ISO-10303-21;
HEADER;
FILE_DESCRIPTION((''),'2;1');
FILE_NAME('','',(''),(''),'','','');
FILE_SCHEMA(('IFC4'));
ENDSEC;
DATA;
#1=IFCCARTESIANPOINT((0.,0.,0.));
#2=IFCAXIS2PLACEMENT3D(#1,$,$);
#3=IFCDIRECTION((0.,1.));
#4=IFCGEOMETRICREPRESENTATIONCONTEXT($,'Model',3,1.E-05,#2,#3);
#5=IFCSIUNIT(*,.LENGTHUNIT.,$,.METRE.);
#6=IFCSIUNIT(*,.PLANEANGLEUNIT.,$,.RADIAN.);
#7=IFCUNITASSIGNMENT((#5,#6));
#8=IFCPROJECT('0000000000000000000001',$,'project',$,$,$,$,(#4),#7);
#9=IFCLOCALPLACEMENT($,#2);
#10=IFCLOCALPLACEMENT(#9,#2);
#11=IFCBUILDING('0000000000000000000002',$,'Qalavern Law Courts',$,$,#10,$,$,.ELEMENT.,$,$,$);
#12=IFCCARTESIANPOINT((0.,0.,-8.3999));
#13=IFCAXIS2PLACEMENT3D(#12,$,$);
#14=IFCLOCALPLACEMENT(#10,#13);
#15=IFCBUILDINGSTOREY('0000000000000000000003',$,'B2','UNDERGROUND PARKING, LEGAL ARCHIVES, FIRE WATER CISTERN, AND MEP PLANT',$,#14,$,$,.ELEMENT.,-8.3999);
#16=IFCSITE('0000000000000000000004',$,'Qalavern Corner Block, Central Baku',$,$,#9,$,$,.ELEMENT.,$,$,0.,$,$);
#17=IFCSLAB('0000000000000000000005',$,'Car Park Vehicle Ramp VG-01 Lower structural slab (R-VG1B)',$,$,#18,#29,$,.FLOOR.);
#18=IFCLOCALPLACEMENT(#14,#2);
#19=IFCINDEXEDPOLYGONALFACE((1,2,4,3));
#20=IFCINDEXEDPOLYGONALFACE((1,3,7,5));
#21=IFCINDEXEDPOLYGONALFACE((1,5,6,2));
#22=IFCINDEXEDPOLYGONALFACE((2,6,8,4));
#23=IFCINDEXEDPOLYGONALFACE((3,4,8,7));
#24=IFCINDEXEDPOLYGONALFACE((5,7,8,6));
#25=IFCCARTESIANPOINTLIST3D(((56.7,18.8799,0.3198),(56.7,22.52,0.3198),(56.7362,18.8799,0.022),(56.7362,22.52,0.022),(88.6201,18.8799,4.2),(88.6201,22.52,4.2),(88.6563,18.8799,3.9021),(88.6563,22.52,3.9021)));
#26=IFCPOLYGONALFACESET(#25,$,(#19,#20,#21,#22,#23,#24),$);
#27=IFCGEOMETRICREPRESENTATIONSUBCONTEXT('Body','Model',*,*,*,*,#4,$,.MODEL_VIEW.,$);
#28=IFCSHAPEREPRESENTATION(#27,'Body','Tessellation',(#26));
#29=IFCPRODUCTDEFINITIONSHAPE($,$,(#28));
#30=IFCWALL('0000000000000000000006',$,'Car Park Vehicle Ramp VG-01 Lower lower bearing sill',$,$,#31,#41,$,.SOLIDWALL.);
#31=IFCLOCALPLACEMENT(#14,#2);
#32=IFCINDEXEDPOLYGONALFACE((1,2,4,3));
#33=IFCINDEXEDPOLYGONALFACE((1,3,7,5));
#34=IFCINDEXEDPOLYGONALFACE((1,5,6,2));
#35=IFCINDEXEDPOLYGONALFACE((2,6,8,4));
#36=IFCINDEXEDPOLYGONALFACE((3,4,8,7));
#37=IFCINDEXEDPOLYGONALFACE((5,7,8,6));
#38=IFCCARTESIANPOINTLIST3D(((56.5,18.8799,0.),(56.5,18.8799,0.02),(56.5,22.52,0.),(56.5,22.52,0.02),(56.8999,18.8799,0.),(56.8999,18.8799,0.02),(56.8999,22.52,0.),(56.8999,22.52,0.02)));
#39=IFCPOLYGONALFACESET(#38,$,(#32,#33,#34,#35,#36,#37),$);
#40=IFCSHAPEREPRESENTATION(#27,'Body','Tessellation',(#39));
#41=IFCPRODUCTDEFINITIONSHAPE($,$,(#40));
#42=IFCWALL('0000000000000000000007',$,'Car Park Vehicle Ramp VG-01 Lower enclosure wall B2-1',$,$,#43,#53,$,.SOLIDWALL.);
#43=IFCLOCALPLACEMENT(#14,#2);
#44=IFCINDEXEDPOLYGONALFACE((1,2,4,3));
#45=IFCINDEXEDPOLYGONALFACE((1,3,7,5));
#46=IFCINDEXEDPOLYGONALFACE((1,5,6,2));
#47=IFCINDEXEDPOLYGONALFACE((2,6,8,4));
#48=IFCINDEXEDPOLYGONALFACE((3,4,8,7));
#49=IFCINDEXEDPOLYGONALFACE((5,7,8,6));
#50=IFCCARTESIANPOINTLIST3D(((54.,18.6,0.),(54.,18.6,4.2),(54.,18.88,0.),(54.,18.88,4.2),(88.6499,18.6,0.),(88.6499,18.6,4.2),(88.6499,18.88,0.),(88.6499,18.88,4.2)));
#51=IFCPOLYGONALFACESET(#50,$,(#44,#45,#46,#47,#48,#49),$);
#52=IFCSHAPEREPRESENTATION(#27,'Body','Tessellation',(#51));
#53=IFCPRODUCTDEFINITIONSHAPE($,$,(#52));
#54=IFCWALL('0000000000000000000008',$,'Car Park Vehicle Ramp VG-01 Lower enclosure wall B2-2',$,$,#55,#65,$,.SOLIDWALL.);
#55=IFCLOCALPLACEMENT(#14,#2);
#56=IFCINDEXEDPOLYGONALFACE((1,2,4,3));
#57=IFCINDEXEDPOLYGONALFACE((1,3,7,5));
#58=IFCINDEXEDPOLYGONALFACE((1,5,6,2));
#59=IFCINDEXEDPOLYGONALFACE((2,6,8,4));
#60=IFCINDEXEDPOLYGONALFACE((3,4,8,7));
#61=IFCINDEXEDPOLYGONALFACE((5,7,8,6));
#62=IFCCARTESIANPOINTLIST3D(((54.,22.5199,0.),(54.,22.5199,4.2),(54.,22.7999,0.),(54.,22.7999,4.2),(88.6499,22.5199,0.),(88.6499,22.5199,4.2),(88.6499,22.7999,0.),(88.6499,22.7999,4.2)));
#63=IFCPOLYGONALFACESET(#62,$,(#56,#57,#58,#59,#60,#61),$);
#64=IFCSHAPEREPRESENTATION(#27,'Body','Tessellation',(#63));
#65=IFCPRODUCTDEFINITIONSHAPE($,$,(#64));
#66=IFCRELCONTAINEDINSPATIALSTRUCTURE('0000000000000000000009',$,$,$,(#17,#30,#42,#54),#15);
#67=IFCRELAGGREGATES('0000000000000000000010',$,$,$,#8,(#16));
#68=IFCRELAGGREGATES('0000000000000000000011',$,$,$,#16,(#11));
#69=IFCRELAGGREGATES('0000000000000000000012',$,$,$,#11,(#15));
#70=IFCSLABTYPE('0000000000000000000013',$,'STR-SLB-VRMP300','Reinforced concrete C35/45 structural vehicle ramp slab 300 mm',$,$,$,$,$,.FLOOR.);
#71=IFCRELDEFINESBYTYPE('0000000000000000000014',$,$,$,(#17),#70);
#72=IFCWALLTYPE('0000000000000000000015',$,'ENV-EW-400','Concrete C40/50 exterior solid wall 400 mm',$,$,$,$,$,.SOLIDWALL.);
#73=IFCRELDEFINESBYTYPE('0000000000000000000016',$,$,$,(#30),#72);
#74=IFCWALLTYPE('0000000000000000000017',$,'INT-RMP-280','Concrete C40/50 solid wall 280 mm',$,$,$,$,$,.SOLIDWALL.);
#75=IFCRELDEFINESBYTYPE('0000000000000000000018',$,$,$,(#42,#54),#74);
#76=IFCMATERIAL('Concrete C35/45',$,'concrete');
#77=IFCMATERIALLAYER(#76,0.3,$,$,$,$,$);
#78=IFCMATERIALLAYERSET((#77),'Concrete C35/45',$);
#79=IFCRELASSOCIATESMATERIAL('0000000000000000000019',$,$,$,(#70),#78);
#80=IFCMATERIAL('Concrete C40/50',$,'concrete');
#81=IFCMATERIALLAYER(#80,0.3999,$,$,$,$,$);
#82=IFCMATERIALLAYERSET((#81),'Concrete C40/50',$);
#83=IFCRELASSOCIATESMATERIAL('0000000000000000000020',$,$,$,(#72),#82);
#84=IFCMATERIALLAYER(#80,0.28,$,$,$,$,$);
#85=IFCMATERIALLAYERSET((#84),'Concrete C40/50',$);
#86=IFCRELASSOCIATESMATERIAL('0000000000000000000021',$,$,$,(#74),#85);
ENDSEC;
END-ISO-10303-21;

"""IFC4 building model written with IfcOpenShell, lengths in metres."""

from ifc_helpers import new_model, si_unit, direction, frame, frame_2d, origin, place, context, subcontext, project, spatial, polyline, rectangle, outline, extrude, material, layer, layer_set, type_object, element, save


model = new_model("IFC4")

# Units and contexts
model_context = context("Model", 3, precision=1e-05, world=origin(), true_north=direction((0.0, 1.0)))
body_context = subcontext(model_context, "Body", "Model", "MODEL_VIEW")
ifc_project = project(units=[si_unit("LENGTHUNIT", "METRE"), si_unit("PLANEANGLEUNIT", "RADIAN")], contexts=[model_context])

# Site, building, storey
site_placement = place(None, origin())
site = spatial("IfcSite", under=ifc_project, at=site_placement, Name="Qalavern Corner Block, Central Baku", CompositionType="ELEMENT", RefElevation=0.0)
building_placement = place(site_placement, origin())
building = spatial("IfcBuilding", under=site, at=building_placement, Name="Qalavern Law Courts", CompositionType="ELEMENT")
storey_placement = place(building_placement, frame((0.0, 0.0, -8.3999)))
storey = spatial("IfcBuildingStorey", under=building, at=storey_placement, Name="B2", Description="UNDERGROUND PARKING, LEGAL ARCHIVES, FIRE WATER CISTERN, AND MEP PLANT", CompositionType="ELEMENT", Elevation=-8.3999)

# Shared definitions
ifc_material_1 = material(Name="Concrete C35/45", Category="concrete")

# Slab
ifc_layer_1 = layer(ifc_material_1, 0.3)
ifc_layer_set_1 = layer_set([ifc_layer_1], Name="Concrete C35/45")
slab_type = type_object("IfcSlabType", Name="STR-SLB-VRMP300", Description="Reinforced concrete C35/45 structural vehicle ramp slab 300 mm", PredefinedType="FLOOR", material=ifc_layer_set_1)
slab_placement = place(storey_placement, frame((56.7, 18.8799, 0.3198), z_axis=(-0.120669, 0.0, 0.992693), x_axis=(0.992693, 0.0, 0.120669)))
element("IfcSlab", 1, at=slab_placement, inside=storey, type_object=slab_type, Name="Car Park Vehicle Ramp VG-01 Lower structural slab (R-VG1B)", PredefinedType="FLOOR", context=body_context, shape_type="SweptSolid", body=[
    extrude(outline(polyline([(0.0, 0.0), (32.1551, 0.0), (32.1551, 3.6401), (0.0, 3.6401), (0.0, 0.0)])), origin(), (0.0, 0.0, -1.0), 0.3),
])

# Walls
ifc_material_2 = material(Name="Concrete C40/50", Category="concrete")
ifc_layer_2 = layer(ifc_material_2, 0.3999)
ifc_layer_set_2 = layer_set([ifc_layer_2], Name="Concrete C40/50")
wall_type_1 = type_object("IfcWallType", Name="ENV-EW-400", Description="Concrete C40/50 exterior solid wall 400 mm", PredefinedType="SOLIDWALL", material=ifc_layer_set_2)
wall_placement = place(storey_placement, frame((56.7, 18.8799, 0.0), z_axis=(0.0, 0.0, 1.0), x_axis=(0.0, 1.0, 0.0)))
element("IfcWall", 2, at=wall_placement, inside=storey, type_object=wall_type_1, Name="Car Park Vehicle Ramp VG-01 Lower lower bearing sill", PredefinedType="SOLIDWALL", context=body_context, shape_type="SweptSolid", body=[
    extrude(rectangle(XDim=3.6401, YDim=0.3999, at=frame_2d((1.8201, 0.0))), origin(), (0.0, 0.0, 1.0), 0.02),
])
ifc_layer_3 = layer(ifc_material_2, 0.28)
ifc_layer_set_3 = layer_set([ifc_layer_3], Name="Concrete C40/50")
wall_type_2 = type_object("IfcWallType", Name="INT-RMP-280", Description="Concrete C40/50 solid wall 280 mm", PredefinedType="SOLIDWALL", material=ifc_layer_set_3)
for number, where, z_axis, x_axis, name in (
    (3, (54.0, 18.74, 0.0), (0.0, 0.0, 1.0), (1.0, 0.0, 0.0), "Car Park Vehicle Ramp VG-01 Lower enclosure wall B2-1"),
    (4, (54.0, 22.6599, 0.0), (0.0, 0.0, 1.0), (1.0, 0.0, 0.0), "Car Park Vehicle Ramp VG-01 Lower enclosure wall B2-2"),
):
    element("IfcWall", number, at=place(storey_placement, frame(where, z_axis=z_axis, x_axis=x_axis)), inside=storey, type_object=wall_type_2, Name=name, PredefinedType="SOLIDWALL", context=body_context, shape_type="SweptSolid", body=[
        extrude(rectangle(XDim=34.6499, YDim=0.28, at=frame_2d((17.325, 0.0))), origin(), (0.0, 0.0, 1.0), 4.2),
    ])

save(model, "model.ifc")
